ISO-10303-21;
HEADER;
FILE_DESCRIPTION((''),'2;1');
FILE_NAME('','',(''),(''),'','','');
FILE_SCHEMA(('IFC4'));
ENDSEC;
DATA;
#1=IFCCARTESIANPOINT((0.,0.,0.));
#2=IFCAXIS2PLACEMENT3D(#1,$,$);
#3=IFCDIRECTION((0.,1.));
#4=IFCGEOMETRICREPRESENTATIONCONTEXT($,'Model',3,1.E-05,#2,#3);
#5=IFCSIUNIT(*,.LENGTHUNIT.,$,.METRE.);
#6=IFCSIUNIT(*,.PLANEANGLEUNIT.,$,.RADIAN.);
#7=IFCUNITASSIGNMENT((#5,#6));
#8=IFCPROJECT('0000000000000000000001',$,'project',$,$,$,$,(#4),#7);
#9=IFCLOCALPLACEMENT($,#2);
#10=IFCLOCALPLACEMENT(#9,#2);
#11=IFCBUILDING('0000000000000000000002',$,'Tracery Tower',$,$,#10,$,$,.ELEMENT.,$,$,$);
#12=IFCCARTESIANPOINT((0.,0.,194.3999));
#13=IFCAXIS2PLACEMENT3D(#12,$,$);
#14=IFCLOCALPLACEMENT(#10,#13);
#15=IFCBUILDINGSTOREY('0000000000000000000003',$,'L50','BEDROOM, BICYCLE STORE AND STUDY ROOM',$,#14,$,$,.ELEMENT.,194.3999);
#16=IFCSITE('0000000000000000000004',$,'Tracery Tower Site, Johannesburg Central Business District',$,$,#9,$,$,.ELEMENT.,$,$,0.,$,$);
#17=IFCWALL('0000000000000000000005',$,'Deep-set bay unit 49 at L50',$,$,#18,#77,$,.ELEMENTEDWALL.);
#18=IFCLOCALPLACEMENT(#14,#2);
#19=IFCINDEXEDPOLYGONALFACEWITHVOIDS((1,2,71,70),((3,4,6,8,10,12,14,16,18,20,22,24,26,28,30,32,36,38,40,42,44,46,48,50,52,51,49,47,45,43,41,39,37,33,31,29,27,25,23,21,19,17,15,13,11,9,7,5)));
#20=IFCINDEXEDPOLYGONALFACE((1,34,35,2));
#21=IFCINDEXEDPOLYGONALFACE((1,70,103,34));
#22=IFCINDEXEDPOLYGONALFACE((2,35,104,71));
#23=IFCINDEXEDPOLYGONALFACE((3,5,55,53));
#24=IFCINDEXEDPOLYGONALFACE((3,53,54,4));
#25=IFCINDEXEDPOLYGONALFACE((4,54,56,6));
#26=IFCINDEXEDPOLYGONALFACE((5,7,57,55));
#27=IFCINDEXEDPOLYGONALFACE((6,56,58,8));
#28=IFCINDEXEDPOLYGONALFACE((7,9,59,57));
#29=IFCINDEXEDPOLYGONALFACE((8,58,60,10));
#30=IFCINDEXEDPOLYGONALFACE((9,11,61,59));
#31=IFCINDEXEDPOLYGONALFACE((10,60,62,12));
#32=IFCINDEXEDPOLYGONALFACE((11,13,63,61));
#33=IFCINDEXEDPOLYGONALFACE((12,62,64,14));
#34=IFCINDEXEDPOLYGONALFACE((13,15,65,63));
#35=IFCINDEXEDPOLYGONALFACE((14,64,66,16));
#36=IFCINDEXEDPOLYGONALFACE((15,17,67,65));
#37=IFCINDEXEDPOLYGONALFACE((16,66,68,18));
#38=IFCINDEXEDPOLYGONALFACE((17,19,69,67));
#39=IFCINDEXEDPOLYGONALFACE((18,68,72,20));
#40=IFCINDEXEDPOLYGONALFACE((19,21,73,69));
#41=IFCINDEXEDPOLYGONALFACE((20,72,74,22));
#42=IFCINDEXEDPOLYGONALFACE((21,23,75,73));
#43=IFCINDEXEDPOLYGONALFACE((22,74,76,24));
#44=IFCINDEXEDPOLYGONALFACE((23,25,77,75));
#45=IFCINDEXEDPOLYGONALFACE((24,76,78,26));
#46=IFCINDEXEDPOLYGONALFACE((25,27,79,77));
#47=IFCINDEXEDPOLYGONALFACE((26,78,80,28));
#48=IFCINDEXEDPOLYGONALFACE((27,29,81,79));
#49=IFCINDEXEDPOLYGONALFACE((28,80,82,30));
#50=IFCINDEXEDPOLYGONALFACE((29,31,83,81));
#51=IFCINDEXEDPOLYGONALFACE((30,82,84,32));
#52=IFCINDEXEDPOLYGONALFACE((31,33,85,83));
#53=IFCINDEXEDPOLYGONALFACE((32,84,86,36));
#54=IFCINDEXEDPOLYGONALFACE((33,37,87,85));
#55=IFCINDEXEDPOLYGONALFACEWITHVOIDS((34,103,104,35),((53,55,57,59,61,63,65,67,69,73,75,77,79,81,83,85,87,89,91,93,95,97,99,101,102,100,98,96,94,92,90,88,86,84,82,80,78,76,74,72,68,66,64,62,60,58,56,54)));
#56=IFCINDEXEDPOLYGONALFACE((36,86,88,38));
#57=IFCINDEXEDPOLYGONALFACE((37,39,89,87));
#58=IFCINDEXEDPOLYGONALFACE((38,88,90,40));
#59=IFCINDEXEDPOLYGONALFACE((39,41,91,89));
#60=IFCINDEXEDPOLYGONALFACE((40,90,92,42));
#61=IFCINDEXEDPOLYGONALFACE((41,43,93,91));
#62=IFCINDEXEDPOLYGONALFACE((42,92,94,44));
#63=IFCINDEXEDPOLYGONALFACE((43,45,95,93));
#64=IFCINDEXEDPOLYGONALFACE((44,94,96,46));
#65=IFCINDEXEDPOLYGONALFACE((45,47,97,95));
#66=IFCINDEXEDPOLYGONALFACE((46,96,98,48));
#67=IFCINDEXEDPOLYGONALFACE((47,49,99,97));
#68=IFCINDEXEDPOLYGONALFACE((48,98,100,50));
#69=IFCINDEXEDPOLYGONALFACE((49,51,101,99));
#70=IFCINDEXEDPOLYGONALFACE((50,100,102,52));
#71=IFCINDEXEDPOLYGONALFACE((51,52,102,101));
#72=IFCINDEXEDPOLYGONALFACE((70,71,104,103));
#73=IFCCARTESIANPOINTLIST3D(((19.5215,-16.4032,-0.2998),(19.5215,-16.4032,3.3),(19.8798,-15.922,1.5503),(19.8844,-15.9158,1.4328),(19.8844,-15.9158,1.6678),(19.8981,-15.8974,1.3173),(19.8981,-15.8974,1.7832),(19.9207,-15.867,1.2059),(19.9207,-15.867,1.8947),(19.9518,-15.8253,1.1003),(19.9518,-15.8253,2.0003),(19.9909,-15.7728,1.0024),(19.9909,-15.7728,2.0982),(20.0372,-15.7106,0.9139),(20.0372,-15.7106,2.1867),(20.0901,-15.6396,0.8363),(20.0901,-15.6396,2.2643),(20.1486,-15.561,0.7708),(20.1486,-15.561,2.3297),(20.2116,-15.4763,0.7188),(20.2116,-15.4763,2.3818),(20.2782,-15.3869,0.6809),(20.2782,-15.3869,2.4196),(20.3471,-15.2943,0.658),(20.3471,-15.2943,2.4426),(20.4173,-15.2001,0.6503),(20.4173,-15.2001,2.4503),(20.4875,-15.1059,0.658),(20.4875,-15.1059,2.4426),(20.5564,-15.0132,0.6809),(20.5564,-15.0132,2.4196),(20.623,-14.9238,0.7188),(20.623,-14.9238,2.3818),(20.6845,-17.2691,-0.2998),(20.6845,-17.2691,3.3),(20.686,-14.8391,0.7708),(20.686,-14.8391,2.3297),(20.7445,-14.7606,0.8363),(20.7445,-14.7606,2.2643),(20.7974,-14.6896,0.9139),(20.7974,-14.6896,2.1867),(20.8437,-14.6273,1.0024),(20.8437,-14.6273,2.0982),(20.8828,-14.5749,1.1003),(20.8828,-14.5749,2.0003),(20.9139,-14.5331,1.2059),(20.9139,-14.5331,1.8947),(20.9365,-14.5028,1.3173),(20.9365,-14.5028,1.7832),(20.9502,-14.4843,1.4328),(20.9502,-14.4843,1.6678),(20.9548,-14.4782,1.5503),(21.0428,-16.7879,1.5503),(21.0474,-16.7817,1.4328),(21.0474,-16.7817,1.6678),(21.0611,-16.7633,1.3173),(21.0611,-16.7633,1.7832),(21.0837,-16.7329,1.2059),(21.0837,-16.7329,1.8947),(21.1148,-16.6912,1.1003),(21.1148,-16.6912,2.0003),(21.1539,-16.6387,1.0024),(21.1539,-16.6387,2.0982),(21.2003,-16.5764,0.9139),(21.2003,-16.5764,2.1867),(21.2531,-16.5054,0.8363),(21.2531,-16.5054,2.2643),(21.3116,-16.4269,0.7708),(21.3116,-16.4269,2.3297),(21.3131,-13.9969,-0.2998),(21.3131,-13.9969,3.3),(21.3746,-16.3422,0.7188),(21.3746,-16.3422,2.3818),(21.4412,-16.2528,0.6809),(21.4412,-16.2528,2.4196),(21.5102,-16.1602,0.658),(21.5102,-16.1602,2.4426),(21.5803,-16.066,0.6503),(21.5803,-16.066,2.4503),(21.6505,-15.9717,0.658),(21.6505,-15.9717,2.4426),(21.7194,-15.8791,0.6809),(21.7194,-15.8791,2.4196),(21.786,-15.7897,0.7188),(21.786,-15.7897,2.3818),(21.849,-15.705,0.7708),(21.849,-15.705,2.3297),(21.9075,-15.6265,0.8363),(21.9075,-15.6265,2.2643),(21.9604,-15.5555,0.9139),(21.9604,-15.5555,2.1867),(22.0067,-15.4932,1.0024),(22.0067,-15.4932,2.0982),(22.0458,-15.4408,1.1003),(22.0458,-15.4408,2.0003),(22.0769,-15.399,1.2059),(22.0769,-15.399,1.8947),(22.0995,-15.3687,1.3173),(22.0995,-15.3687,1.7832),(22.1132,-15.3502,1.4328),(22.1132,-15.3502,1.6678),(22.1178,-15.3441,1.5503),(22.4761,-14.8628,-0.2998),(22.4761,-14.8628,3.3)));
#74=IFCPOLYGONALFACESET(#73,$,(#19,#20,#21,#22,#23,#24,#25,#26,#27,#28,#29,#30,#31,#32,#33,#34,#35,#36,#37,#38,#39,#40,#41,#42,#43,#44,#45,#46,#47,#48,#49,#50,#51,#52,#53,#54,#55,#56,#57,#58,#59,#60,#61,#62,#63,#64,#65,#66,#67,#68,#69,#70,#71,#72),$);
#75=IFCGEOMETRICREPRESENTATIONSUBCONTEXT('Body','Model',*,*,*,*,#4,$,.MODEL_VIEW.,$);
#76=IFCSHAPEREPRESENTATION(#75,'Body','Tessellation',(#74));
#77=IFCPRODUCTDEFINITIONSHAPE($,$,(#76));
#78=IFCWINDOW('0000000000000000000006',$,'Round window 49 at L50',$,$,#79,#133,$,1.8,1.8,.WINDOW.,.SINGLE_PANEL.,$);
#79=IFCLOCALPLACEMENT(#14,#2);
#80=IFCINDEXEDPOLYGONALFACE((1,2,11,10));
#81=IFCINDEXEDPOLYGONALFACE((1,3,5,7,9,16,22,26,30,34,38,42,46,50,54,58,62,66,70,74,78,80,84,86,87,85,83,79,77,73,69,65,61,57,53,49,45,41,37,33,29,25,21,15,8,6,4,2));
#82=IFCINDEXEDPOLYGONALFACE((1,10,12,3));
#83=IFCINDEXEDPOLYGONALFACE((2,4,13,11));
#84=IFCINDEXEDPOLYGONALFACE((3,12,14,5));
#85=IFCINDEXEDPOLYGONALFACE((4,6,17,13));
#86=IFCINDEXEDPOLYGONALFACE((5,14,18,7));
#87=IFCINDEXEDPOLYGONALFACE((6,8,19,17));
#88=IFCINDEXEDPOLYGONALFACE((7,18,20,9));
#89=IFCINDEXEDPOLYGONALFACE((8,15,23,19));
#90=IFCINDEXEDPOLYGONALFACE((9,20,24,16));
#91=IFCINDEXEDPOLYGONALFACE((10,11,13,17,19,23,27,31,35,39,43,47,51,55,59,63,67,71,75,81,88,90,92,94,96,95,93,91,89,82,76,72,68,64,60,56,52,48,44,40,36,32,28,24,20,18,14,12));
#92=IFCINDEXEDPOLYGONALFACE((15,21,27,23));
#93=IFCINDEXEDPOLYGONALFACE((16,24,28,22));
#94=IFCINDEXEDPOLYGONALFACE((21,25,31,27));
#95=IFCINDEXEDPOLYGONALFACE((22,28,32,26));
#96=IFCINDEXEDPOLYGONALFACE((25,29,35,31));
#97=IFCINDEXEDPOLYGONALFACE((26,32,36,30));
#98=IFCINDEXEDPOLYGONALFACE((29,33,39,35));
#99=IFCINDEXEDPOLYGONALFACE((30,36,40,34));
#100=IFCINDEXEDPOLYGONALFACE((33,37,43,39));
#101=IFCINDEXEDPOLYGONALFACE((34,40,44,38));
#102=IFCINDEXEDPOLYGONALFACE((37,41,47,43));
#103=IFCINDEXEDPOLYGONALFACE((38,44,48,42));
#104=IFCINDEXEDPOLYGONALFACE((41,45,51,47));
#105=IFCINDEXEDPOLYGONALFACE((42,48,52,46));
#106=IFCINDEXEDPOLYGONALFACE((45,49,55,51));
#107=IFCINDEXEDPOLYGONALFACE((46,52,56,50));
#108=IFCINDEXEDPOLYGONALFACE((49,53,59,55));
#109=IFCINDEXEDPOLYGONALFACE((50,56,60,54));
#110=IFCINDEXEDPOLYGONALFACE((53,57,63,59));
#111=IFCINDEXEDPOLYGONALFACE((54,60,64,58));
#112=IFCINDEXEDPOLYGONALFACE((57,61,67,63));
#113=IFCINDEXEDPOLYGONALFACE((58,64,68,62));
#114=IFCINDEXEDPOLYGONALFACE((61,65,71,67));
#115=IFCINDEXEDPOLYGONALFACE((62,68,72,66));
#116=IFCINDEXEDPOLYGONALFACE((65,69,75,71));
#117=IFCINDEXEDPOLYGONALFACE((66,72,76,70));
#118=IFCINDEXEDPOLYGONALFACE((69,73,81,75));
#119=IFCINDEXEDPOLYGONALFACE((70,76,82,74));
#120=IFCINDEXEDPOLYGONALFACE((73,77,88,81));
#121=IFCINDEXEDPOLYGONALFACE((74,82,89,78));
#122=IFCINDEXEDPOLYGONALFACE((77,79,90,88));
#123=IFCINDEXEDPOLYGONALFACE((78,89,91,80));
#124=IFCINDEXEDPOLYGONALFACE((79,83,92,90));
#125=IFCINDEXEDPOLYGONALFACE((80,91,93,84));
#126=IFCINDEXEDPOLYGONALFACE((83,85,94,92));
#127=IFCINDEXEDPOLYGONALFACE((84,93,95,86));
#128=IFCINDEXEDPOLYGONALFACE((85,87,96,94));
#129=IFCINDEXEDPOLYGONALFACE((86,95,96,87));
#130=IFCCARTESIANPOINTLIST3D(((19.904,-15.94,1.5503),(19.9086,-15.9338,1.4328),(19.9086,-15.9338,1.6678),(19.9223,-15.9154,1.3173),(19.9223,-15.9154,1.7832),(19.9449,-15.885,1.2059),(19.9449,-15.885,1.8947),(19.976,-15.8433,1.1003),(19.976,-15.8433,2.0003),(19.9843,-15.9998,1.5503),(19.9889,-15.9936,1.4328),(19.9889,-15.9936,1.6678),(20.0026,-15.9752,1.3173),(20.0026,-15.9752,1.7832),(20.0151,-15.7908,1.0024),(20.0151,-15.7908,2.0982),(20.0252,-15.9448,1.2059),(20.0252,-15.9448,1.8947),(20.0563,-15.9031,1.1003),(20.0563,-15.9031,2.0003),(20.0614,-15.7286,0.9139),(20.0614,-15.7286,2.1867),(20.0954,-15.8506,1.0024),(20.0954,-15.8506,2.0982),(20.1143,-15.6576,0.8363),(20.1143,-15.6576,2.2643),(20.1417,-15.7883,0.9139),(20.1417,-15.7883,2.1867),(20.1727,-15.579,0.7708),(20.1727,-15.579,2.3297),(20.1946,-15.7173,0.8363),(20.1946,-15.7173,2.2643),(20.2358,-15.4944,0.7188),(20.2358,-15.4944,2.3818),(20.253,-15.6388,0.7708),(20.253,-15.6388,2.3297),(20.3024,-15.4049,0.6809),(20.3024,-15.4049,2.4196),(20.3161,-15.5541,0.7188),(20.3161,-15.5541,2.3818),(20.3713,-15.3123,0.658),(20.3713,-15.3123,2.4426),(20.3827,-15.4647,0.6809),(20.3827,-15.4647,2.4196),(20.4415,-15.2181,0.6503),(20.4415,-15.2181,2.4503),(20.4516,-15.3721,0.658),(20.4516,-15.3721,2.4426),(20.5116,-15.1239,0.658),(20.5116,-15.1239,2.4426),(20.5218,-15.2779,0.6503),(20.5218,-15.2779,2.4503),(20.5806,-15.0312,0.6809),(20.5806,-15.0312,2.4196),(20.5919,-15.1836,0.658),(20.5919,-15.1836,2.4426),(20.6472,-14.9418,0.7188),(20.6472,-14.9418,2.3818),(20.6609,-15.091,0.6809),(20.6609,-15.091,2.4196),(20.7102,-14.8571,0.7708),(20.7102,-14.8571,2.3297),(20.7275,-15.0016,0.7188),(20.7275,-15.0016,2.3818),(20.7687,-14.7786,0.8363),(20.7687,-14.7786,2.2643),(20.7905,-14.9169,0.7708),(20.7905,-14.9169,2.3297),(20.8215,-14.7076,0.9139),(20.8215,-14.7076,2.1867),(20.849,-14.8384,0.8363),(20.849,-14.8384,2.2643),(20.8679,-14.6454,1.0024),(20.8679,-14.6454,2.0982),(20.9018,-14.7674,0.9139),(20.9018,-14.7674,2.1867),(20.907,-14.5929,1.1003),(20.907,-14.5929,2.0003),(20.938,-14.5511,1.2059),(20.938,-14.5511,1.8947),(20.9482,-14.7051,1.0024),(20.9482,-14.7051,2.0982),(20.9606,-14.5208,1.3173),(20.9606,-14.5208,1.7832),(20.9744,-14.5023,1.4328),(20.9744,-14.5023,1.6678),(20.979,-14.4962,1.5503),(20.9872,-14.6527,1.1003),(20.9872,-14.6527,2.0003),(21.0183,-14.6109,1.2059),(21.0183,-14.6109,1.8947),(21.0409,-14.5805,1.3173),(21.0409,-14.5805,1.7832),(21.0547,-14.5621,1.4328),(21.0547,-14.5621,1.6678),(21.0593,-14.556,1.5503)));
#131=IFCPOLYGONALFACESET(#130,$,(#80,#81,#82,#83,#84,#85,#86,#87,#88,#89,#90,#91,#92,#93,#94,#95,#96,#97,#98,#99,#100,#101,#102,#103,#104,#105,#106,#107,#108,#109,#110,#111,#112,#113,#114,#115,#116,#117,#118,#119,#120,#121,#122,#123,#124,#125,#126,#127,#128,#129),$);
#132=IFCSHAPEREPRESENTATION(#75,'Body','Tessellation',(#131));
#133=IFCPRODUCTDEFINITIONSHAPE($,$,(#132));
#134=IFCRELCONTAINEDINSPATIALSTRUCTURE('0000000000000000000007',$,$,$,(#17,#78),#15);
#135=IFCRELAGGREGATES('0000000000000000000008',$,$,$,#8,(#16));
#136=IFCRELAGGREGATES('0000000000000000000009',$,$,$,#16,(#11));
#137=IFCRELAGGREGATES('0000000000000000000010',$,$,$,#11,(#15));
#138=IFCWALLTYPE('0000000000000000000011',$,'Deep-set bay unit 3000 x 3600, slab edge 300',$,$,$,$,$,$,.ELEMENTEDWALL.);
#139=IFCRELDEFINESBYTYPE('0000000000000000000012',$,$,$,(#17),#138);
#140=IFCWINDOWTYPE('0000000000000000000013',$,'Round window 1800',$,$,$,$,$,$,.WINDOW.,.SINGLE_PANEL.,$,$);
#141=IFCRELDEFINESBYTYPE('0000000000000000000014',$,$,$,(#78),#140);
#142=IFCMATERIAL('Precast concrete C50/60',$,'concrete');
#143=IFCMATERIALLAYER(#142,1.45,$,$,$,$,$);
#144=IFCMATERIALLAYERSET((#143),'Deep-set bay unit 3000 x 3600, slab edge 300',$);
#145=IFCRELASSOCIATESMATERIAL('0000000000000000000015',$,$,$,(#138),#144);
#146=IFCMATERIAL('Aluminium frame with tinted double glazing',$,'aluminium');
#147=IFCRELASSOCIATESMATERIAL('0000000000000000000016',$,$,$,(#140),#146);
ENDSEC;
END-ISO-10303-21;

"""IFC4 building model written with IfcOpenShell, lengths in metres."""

from ifc_helpers import new_model, si_unit, direction, frame, frame_2d, origin, origin_2d, place, context, subcontext, project, spatial, rectangle, circle, extrude, material, layer, layer_set, type_object, element, fill, save


model = new_model("IFC4")

# Units and contexts
model_context = context("Model", 3, precision=1e-05, world=origin(), true_north=direction((0.0, 1.0)))
body_context = subcontext(model_context, "Body", "Model", "MODEL_VIEW")
ifc_project = project(units=[si_unit("LENGTHUNIT", "METRE"), si_unit("PLANEANGLEUNIT", "RADIAN")], contexts=[model_context])

# Site, building, storey
site_placement = place(None, origin())
site = spatial("IfcSite", under=ifc_project, at=site_placement, Name="Tracery Tower Site, Johannesburg Central Business District", CompositionType="ELEMENT", RefElevation=0.0)
building_placement = place(site_placement, origin())
building = spatial("IfcBuilding", under=site, at=building_placement, Name="Tracery Tower", CompositionType="ELEMENT")
storey_placement = place(building_placement, frame((0.0, 0.0, 194.3999)))
storey = spatial("IfcBuildingStorey", under=building, at=storey_placement, Name="L50", Description="BEDROOM, BICYCLE STORE AND STUDY ROOM", CompositionType="ELEMENT", Elevation=194.3999)

# Wall, opening, window
ifc_material_1 = material(Name="Precast concrete C50/60", Category="concrete")
ifc_layer_1 = layer(ifc_material_1, 1.45)
ifc_layer_set_1 = layer_set([ifc_layer_1], Name="Deep-set bay unit 3000 x 3600, slab edge 300")
wall_type_1 = type_object("IfcWallType", Name="Deep-set bay unit 3000 x 3600, slab edge 300", PredefinedType="ELEMENTEDWALL", material=ifc_layer_set_1)
ifc_material_2 = material(Name="Aluminium frame with tinted double glazing", Category="aluminium")
window_type = type_object("IfcWindowType", Name="Round window 1800", PartitioningType="SINGLE_PANEL", PredefinedType="WINDOW", material=ifc_material_2)
wall_1_placement = place(storey_placement, frame((20.103, -16.8362, -0.2998), z_axis=(0.0, 0.0, 1.0), x_axis=(0.597184, 0.802104, 0.0)))
wall_1 = element("IfcWall", 1, at=wall_1_placement, inside=storey, type_object=wall_type_1, Name="Deep-set bay unit 49 at L50", PredefinedType="ELEMENTEDWALL", context=body_context, shape_type="SweptSolid", body=[
    extrude(rectangle(XDim=3.0, YDim=1.45, at=frame_2d((1.5, 0.0))), origin(), (0.0, 0.0, 1.0), 3.5999),
])
opening_1_placement = place(wall_1_placement, frame((1.5, 0.0, 1.8501)))
opening_1 = element("IfcOpeningElement", 2, at=opening_1_placement, cuts=wall_1, PredefinedType="OPENING", context=body_context, shape_type="SweptSolid", body=[
    extrude(circle(Radius=0.9, at=origin_2d()), frame((0.0, 0.7349, 0.0), z_axis=(0.0, -1.0, 0.0), x_axis=(1.0, 0.0, 0.0)), (0.0, 0.0, 1.0), 1.47),
])
window_1_placement = place(opening_1_placement, origin())
window_1 = element("IfcWindow", 3, at=window_1_placement, inside=storey, type_object=window_type, Name="Round window 49 at L50", OverallHeight=1.8, OverallWidth=1.8, PartitioningType="SINGLE_PANEL", PredefinedType="WINDOW", context=body_context, shape_type="SweptSolid", body=[
    extrude(circle(Radius=0.9, at=origin_2d()), frame((0.0, 0.6948, 0.0), z_axis=(0.0, -1.0, 0.0), x_axis=(1.0, 0.0, 0.0)), (0.0, 0.0, 1.0), 0.1001),
])
fill(opening_1, window_1)

save(model, "model.ifc")
